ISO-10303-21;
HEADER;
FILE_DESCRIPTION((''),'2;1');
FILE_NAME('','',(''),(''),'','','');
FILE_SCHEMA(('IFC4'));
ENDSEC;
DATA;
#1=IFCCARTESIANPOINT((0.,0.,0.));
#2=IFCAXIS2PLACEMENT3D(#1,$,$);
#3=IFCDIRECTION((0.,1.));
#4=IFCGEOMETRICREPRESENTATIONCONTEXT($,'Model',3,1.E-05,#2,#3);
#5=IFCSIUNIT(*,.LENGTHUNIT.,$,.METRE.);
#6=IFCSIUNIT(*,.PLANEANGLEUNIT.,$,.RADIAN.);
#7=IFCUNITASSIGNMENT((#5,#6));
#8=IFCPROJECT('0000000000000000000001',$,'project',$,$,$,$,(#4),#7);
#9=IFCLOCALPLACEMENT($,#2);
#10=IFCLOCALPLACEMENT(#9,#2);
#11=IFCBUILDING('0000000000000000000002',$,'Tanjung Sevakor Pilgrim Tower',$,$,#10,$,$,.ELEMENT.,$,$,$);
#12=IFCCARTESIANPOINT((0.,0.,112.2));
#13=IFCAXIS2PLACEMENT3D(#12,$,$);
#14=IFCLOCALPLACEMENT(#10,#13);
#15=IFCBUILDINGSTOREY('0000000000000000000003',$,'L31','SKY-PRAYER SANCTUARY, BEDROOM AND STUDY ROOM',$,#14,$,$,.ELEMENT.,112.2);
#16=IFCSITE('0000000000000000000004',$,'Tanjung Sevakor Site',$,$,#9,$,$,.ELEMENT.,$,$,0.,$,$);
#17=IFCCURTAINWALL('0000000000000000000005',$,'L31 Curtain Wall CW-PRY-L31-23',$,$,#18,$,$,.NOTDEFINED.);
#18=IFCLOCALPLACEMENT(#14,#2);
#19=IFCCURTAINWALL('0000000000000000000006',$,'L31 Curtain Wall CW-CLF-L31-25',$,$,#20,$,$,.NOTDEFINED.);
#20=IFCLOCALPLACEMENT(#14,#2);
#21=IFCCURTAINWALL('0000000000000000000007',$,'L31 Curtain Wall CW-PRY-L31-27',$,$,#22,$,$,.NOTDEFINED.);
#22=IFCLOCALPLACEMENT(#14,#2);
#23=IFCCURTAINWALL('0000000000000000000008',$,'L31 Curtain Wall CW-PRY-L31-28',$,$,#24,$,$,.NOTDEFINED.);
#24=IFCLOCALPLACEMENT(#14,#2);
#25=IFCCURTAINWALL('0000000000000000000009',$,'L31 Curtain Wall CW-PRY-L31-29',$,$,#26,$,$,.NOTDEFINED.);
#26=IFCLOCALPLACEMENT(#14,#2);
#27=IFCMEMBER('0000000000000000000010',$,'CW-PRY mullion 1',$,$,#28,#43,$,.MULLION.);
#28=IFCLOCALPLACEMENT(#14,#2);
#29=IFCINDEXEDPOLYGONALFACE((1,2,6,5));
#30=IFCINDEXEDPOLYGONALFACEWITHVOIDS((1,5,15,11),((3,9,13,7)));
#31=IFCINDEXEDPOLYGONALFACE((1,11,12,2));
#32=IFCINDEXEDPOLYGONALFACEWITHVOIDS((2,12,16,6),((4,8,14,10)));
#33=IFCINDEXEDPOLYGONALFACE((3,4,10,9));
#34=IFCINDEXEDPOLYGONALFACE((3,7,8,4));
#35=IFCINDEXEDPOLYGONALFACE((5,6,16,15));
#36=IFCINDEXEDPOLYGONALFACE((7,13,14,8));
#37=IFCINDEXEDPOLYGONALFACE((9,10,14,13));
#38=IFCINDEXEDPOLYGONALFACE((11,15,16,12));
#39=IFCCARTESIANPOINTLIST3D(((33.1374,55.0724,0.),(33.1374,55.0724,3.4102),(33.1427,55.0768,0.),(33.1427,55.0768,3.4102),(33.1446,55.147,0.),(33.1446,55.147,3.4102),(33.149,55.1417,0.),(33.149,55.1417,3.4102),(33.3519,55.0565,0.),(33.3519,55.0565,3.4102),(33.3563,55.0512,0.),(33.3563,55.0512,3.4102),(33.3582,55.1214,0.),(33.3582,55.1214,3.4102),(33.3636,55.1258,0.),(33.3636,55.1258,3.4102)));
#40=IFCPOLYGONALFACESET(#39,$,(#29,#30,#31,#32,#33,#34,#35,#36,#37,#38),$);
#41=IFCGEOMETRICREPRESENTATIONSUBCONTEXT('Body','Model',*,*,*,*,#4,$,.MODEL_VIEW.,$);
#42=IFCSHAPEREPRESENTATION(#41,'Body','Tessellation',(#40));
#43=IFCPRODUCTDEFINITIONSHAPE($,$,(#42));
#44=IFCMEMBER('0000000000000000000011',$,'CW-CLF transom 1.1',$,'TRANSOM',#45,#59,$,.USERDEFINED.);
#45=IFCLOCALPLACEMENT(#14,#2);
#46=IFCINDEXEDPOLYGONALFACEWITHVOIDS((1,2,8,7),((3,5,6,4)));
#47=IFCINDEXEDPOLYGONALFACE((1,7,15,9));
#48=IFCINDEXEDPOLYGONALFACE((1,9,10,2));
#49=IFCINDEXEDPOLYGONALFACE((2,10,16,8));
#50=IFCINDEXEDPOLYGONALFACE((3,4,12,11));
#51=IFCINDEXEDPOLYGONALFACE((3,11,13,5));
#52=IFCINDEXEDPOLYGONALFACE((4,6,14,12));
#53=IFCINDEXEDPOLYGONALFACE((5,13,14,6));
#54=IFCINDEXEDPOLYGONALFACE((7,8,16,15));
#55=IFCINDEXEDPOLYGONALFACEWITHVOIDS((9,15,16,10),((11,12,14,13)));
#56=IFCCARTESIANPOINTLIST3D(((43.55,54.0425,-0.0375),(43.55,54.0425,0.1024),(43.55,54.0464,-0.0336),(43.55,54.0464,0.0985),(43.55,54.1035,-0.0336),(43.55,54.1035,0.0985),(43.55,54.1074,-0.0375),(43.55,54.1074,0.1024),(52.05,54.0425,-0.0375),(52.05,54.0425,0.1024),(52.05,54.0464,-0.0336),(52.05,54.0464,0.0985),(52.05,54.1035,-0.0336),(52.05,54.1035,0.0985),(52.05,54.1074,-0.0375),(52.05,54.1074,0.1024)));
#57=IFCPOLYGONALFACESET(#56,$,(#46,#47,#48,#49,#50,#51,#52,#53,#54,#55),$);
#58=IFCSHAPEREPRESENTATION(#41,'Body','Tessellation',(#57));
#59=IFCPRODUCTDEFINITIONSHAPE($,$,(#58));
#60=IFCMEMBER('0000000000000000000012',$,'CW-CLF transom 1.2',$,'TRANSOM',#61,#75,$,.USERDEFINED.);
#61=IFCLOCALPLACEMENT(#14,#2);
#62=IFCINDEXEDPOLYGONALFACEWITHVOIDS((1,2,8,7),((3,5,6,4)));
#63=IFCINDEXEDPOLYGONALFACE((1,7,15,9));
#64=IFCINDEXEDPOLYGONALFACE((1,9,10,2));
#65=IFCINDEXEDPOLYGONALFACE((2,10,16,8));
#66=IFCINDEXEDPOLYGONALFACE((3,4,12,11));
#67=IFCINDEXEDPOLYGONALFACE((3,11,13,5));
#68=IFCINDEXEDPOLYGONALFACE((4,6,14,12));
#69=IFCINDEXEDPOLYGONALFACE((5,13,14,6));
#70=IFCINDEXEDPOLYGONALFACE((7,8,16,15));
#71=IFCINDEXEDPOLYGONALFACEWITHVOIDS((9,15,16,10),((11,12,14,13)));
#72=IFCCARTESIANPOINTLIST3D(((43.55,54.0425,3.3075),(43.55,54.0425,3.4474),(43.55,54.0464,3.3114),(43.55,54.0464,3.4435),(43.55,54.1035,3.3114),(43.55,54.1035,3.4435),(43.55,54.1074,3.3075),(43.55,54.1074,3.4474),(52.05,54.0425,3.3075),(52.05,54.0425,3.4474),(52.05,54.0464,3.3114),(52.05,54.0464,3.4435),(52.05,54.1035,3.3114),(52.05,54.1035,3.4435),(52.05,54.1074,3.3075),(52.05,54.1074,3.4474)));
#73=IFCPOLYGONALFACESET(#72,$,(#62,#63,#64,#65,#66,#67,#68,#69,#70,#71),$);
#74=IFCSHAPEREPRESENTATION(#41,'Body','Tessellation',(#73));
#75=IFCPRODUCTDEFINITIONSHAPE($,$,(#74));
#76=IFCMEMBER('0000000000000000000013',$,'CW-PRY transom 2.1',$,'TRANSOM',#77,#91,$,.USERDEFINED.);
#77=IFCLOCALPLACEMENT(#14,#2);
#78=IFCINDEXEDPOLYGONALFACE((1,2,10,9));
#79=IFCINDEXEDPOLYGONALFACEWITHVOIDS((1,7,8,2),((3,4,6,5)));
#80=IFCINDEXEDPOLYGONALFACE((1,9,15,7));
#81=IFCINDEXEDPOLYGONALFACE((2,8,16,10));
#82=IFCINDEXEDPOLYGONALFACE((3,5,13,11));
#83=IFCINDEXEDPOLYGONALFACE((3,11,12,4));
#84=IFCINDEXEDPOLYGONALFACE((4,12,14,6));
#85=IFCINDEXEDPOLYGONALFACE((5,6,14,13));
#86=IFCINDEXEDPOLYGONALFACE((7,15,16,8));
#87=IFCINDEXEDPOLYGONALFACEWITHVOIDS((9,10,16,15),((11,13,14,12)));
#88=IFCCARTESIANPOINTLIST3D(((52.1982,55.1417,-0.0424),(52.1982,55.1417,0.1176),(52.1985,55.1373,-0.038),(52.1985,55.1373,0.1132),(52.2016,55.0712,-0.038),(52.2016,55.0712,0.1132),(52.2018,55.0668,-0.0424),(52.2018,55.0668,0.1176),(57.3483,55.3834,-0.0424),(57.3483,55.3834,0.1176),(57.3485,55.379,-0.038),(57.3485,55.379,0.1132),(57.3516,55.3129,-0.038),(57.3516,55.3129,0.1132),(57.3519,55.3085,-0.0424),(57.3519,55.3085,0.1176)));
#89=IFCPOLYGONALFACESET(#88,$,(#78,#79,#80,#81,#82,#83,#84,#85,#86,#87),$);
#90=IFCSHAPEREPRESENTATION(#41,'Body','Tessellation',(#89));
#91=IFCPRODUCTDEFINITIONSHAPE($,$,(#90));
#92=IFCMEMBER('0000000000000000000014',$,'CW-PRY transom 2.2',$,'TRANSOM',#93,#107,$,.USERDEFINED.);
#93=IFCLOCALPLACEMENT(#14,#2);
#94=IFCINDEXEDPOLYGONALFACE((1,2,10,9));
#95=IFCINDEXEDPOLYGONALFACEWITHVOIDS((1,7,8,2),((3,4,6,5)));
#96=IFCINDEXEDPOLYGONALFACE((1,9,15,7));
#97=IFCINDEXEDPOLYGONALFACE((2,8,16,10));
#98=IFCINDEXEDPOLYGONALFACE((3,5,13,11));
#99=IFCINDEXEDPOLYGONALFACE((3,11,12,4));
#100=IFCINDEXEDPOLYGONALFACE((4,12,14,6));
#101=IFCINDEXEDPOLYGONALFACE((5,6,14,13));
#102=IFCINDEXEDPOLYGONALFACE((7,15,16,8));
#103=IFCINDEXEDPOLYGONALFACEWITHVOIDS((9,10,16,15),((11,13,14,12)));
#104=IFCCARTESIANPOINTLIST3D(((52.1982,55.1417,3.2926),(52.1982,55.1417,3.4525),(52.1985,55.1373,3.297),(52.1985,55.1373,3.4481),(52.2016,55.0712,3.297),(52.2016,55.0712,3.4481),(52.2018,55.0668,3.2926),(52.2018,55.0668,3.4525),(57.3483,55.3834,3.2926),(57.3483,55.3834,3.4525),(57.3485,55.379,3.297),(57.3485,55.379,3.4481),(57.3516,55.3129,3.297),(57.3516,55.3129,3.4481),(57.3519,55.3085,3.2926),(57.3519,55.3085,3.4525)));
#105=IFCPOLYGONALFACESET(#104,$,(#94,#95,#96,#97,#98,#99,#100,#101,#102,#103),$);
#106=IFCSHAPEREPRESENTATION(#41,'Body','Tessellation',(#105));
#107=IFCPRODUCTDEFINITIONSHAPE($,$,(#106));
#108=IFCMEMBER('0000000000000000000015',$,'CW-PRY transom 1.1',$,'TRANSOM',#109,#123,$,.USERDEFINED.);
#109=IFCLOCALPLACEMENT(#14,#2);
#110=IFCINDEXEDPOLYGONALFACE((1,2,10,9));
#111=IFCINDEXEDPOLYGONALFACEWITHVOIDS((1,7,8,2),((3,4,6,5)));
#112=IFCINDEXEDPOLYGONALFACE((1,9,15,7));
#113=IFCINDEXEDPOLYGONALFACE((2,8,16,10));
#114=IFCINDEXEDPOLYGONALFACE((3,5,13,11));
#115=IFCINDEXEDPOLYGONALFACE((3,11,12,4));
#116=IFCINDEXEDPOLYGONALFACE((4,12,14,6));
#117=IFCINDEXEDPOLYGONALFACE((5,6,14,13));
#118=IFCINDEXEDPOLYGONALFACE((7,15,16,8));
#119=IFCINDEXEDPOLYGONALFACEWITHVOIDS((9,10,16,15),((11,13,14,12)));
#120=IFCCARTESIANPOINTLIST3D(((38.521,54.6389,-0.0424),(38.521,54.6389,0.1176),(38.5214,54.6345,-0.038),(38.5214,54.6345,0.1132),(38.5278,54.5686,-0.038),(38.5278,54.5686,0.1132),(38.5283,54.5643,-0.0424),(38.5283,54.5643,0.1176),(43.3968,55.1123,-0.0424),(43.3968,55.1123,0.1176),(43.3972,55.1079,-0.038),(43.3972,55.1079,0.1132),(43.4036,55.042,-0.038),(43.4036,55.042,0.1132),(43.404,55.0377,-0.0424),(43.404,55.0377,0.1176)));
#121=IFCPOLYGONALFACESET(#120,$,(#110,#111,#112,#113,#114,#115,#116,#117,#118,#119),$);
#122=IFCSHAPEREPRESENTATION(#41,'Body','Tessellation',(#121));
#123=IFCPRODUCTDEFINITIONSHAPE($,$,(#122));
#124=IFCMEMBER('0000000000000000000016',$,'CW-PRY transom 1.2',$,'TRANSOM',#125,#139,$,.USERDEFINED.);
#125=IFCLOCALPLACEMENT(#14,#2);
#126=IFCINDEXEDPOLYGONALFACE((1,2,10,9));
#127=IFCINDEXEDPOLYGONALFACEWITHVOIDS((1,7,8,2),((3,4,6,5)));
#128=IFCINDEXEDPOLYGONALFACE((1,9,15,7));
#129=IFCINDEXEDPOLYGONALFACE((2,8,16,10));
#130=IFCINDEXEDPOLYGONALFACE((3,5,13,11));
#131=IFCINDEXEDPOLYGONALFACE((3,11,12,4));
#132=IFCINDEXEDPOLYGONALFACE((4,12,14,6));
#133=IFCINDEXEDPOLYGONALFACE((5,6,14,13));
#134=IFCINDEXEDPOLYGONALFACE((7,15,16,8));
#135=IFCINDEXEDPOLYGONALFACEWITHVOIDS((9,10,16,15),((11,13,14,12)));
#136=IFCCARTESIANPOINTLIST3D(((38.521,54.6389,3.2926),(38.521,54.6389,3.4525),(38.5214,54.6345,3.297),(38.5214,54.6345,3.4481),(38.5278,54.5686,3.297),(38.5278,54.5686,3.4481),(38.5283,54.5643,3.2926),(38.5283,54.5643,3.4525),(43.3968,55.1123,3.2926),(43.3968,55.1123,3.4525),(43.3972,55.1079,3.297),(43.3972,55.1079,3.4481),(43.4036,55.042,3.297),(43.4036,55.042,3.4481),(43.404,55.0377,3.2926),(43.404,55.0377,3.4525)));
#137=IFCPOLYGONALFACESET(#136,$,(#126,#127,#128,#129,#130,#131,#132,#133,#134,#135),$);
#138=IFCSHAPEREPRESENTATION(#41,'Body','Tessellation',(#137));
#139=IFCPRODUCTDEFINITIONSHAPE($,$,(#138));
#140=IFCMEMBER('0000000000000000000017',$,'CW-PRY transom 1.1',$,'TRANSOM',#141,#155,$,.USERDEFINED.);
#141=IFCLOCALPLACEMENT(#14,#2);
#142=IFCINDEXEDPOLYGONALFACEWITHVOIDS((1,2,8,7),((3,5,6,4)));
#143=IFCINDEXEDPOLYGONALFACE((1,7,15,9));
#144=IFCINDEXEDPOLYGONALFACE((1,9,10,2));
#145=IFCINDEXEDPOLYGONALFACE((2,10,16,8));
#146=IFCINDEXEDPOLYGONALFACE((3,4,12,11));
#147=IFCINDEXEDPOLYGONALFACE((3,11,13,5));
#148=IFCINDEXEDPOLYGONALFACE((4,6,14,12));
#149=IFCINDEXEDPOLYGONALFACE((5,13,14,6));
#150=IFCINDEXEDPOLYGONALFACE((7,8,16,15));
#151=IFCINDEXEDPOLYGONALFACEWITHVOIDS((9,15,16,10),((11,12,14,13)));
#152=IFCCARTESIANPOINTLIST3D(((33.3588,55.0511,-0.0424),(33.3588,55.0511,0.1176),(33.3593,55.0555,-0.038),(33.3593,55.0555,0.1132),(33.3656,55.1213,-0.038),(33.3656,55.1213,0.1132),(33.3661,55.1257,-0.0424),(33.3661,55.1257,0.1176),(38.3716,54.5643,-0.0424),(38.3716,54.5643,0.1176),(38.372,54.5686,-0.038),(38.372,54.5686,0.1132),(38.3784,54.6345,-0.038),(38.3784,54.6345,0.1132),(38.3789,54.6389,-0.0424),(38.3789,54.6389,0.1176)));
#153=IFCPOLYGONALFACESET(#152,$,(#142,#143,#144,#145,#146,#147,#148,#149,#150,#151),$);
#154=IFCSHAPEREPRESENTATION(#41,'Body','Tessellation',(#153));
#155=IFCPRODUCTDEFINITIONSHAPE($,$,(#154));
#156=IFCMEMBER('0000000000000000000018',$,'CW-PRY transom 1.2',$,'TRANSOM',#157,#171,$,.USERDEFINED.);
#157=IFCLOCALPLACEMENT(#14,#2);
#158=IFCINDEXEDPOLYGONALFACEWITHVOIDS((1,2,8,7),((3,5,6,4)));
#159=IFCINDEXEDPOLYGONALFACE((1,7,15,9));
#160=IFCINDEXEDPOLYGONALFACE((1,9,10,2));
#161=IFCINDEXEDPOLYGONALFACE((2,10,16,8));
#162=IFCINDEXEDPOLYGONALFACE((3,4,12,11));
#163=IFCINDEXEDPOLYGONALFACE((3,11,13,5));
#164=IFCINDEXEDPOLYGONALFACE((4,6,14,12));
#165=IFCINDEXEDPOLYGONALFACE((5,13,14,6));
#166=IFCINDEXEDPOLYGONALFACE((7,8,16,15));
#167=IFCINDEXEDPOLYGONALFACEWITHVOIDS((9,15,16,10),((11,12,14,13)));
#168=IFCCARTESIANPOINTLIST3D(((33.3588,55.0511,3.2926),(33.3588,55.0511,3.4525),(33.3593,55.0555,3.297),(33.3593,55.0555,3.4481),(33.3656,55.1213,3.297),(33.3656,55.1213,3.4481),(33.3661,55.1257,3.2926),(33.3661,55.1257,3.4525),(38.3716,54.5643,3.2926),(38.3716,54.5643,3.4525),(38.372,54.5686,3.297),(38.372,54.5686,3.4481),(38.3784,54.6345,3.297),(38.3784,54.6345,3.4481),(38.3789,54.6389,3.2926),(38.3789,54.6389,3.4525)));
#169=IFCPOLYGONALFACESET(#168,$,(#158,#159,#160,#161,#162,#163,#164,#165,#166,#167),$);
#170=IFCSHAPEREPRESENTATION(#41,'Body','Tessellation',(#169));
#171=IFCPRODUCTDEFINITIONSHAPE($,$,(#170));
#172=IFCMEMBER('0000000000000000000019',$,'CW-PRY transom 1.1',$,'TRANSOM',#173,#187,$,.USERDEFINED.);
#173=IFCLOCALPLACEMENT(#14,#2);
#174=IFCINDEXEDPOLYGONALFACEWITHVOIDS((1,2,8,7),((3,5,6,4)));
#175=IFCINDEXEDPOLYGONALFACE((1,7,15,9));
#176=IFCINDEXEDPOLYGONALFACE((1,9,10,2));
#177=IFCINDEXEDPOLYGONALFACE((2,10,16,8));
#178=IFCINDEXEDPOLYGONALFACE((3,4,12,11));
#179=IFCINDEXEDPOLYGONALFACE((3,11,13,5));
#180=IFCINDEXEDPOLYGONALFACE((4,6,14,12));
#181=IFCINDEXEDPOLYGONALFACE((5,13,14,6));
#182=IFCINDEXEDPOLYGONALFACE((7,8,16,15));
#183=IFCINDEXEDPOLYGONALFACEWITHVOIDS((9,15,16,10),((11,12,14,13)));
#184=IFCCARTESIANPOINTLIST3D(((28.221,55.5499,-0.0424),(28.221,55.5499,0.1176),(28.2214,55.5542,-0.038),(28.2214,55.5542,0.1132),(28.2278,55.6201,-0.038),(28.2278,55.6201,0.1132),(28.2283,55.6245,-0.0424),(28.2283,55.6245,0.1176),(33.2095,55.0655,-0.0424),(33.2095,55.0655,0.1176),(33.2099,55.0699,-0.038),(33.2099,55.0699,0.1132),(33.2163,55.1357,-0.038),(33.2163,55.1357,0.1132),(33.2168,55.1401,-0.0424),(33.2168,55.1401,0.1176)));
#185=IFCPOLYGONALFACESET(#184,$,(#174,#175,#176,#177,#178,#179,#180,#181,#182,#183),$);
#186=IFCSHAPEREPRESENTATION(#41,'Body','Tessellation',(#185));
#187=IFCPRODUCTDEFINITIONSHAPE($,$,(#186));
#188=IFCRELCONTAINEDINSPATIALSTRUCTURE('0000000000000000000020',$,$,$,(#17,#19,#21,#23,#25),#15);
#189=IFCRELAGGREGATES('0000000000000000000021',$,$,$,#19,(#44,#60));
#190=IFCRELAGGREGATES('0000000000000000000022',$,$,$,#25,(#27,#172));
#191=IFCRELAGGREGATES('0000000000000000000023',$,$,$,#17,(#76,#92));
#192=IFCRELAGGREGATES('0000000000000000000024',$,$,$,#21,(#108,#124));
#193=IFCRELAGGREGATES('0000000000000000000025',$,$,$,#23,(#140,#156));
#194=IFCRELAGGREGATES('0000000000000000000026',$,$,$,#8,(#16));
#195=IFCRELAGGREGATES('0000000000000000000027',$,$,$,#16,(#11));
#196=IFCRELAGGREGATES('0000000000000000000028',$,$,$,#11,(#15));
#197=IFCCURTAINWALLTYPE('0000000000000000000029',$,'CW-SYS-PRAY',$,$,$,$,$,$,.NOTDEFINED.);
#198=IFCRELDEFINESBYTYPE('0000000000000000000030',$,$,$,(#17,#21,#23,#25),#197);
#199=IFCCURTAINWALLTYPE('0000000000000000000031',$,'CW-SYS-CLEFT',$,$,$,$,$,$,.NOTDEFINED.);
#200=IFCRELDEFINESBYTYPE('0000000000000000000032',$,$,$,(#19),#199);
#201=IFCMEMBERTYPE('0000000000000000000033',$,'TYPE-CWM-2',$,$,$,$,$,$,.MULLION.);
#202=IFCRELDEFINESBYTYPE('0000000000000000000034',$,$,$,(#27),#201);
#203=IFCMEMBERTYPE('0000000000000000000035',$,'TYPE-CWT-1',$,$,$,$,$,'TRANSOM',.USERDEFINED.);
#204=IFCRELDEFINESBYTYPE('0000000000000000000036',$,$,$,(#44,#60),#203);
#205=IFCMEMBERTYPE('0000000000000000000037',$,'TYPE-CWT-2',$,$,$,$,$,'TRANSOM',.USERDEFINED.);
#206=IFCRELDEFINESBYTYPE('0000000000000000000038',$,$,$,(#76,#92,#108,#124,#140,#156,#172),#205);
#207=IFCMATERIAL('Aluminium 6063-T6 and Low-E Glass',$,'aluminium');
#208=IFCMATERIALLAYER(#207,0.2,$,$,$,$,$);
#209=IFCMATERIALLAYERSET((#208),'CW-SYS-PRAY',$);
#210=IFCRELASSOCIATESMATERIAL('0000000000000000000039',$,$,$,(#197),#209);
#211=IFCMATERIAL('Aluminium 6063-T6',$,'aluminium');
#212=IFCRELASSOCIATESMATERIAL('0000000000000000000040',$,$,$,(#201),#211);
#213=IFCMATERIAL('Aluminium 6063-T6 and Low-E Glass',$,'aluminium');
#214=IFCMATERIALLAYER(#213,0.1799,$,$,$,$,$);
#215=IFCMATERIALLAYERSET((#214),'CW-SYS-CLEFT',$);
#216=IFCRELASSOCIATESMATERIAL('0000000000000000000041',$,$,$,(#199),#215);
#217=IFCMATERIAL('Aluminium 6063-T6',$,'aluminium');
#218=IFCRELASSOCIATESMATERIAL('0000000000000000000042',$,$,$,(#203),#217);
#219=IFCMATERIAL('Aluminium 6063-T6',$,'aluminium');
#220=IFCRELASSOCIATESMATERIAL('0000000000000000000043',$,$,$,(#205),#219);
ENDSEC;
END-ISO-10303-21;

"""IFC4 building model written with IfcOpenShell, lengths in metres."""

from ifc_helpers import new_model, si_unit, direction, frame, origin, origin_2d, place, context, subcontext, project, spatial, hollow_rectangle, extrude, material, layer, layer_set, material_profile, profile_set, type_object, element, aggregate, save


model = new_model("IFC4")

# Units and contexts
model_context = context("Model", 3, precision=1e-05, world=origin(), true_north=direction((0.0, 1.0)))
body_context = subcontext(model_context, "Body", "Model", "MODEL_VIEW")
ifc_project = project(units=[si_unit("LENGTHUNIT", "METRE"), si_unit("PLANEANGLEUNIT", "RADIAN")], contexts=[model_context])

# Site, building, storey
site_placement = place(None, origin())
site = spatial("IfcSite", under=ifc_project, at=site_placement, Name="Tanjung Sevakor Site", CompositionType="ELEMENT", RefElevation=0.0)
building_placement = place(site_placement, origin())
building = spatial("IfcBuilding", under=site, at=building_placement, Name="Tanjung Sevakor Pilgrim Tower", CompositionType="ELEMENT")
storey_placement = place(building_placement, frame((0.0, 0.0, 112.2)))
storey = spatial("IfcBuildingStorey", under=building, at=storey_placement, Name="L31", Description="SKY-PRAYER SANCTUARY, BEDROOM AND STUDY ROOM", CompositionType="ELEMENT", Elevation=112.2)

# Curtain wall
ifc_material_1 = material(Name="Aluminium 6063-T6 and Low-E Glass", Category="aluminium")
ifc_layer_1 = layer(ifc_material_1, 0.2)
ifc_layer_set_1 = layer_set([ifc_layer_1], Name="CW-SYS-PRAY")
curtain_wall_type_1 = type_object("IfcCurtainWallType", Name="CW-SYS-PRAY", PredefinedType="NOTDEFINED", material=ifc_layer_set_1)
curtain_wall_1_placement = place(storey_placement, origin())
curtain_wall_1 = element("IfcCurtainWall", 1, at=curtain_wall_1_placement, inside=storey, type_object=curtain_wall_type_1, Name="L31 Curtain Wall CW-PRY-L31-23", PredefinedType="NOTDEFINED")
ifc_material_2 = material(Name="Aluminium 6063-T6", Category="aluminium")
ifc_material_profile_1 = material_profile(ifc_material_2, hollow_rectangle(XDim=0.075, YDim=0.22, WallThickness=0.0049, at=origin_2d()))
ifc_profile_set_1 = profile_set([ifc_material_profile_1], Name="Aluminium 6063-T6")
member_type_1 = type_object("IfcMemberType", Name="TYPE-CWM-2", PredefinedType="MULLION", material=ifc_profile_set_1)

# Curtain wall
ifc_material_3 = material(Name="Aluminium 6063-T6 and Low-E Glass", Category="aluminium")
ifc_layer_2 = layer(ifc_material_3, 0.1799)
ifc_layer_set_2 = layer_set([ifc_layer_2], Name="CW-SYS-CLEFT")
curtain_wall_type_2 = type_object("IfcCurtainWallType", Name="CW-SYS-CLEFT", PredefinedType="NOTDEFINED", material=ifc_layer_set_2)
curtain_wall_2_placement = place(storey_placement, origin())
curtain_wall_2 = element("IfcCurtainWall", 2, at=curtain_wall_2_placement, inside=storey, type_object=curtain_wall_type_2, Name="L31 Curtain Wall CW-CLF-L31-25", PredefinedType="NOTDEFINED")

# Curtain walls
curtain_wall_3_placement = place(storey_placement, origin())
curtain_wall_3 = element("IfcCurtainWall", 3, at=curtain_wall_3_placement, inside=storey, type_object=curtain_wall_type_1, Name="L31 Curtain Wall CW-PRY-L31-27", PredefinedType="NOTDEFINED")
curtain_wall_4_placement = place(storey_placement, origin())
curtain_wall_4 = element("IfcCurtainWall", 4, at=curtain_wall_4_placement, inside=storey, type_object=curtain_wall_type_1, Name="L31 Curtain Wall CW-PRY-L31-28", PredefinedType="NOTDEFINED")

# Curtain wall, member
curtain_wall_5_placement = place(storey_placement, origin())
curtain_wall_5 = element("IfcCurtainWall", 5, at=curtain_wall_5_placement, inside=storey, type_object=curtain_wall_type_1, Name="L31 Curtain Wall CW-PRY-L31-29", PredefinedType="NOTDEFINED")
member_1_placement = place(storey_placement, frame((33.2505, 55.0991, 0.0), z_axis=(0.0, 0.0, 1.0), x_axis=(-0.096628, -0.995321, 0.0)))
member_1 = element("IfcMember", 6, at=member_1_placement, type_object=member_type_1, Name="CW-PRY mullion 1", PredefinedType="MULLION", context=body_context, shape_type="SweptSolid", body=[
    extrude(hollow_rectangle(XDim=0.075, YDim=0.22, WallThickness=0.0049, at=origin_2d()), origin(), (0.0, 0.0, 1.0), 3.4102),
])

# Members
ifc_material_4 = material(Name="Aluminium 6063-T6", Category="aluminium")
ifc_material_profile_2 = material_profile(ifc_material_4, hollow_rectangle(XDim=0.0649, YDim=0.1399, WallThickness=0.0039, at=origin_2d()))
ifc_profile_set_2 = profile_set([ifc_material_profile_2], Name="Aluminium 6063-T6")
member_type_2 = type_object("IfcMemberType", Name="TYPE-CWT-1", ElementType="TRANSOM", PredefinedType="USERDEFINED", material=ifc_profile_set_2)
member_2_placement = place(storey_placement, frame((52.05, 54.075, 0.0325), z_axis=(-1.0, 0.0, 0.0), x_axis=(0.0, -1.0, 0.0)))
member_2 = element("IfcMember", 7, at=member_2_placement, type_object=member_type_2, Name="CW-CLF transom 1.1", ObjectType="TRANSOM", PredefinedType="USERDEFINED", context=body_context, shape_type="SweptSolid", body=[
    extrude(hollow_rectangle(XDim=0.0649, YDim=0.1399, WallThickness=0.0039, at=origin_2d()), origin(), (0.0, 0.0, 1.0), 8.5),
])
member_3_placement = place(storey_placement, frame((52.05, 54.075, 3.3774), z_axis=(-1.0, 0.0, 0.0), x_axis=(0.0, -1.0, 0.0)))
member_3 = element("IfcMember", 8, at=member_3_placement, type_object=member_type_2, Name="CW-CLF transom 1.2", ObjectType="TRANSOM", PredefinedType="USERDEFINED", context=body_context, shape_type="SweptSolid", body=[
    extrude(hollow_rectangle(XDim=0.0649, YDim=0.1399, WallThickness=0.0039, at=origin_2d()), origin(), (0.0, 0.0, 1.0), 8.5),
])
aggregate(curtain_wall_2, [member_2, member_3])
ifc_material_5 = material(Name="Aluminium 6063-T6", Category="aluminium")
ifc_material_profile_3 = material_profile(ifc_material_5, hollow_rectangle(XDim=0.075, YDim=0.1599, WallThickness=0.0044, at=origin_2d()))
ifc_profile_set_3 = profile_set([ifc_material_profile_3], Name="Aluminium 6063-T6")
member_type_3 = type_object("IfcMemberType", Name="TYPE-CWT-2", ElementType="TRANSOM", PredefinedType="USERDEFINED", material=ifc_profile_set_3)
member_4_placement = place(storey_placement, frame((57.3501, 55.3459, 0.0376), z_axis=(-0.998901, -0.046879, 0.0), x_axis=(0.046879, -0.998901, 0.0)))
member_4 = element("IfcMember", 9, at=member_4_placement, type_object=member_type_3, Name="CW-PRY transom 2.1", ObjectType="TRANSOM", PredefinedType="USERDEFINED", context=body_context, shape_type="SweptSolid", body=[
    extrude(hollow_rectangle(XDim=0.075, YDim=0.1599, WallThickness=0.0044, at=origin_2d()), origin(), (0.0, 0.0, 1.0), 5.1558),
])
member_5_placement = place(storey_placement, frame((57.3501, 55.3459, 3.3726), z_axis=(-0.998901, -0.046879, 0.0), x_axis=(0.046879, -0.998901, 0.0)))
member_5 = element("IfcMember", 10, at=member_5_placement, type_object=member_type_3, Name="CW-PRY transom 2.2", ObjectType="TRANSOM", PredefinedType="USERDEFINED", context=body_context, shape_type="SweptSolid", body=[
    extrude(hollow_rectangle(XDim=0.075, YDim=0.1599, WallThickness=0.0044, at=origin_2d()), origin(), (0.0, 0.0, 1.0), 5.1558),
])
member_6_placement = place(storey_placement, frame((43.4004, 55.075, 0.0376), z_axis=(-0.99532, -0.096636, 0.0), x_axis=(0.096636, -0.99532, 0.0)))
member_6 = element("IfcMember", 11, at=member_6_placement, type_object=member_type_3, Name="CW-PRY transom 1.1", ObjectType="TRANSOM", PredefinedType="USERDEFINED", context=body_context, shape_type="SweptSolid", body=[
    extrude(hollow_rectangle(XDim=0.075, YDim=0.1599, WallThickness=0.0044, at=origin_2d()), origin(), (0.0, 0.0, 1.0), 4.8987),
])
member_7_placement = place(storey_placement, frame((43.4004, 55.075, 3.3726), z_axis=(-0.99532, -0.096636, 0.0), x_axis=(0.096636, -0.99532, 0.0)))
member_7 = element("IfcMember", 12, at=member_7_placement, type_object=member_type_3, Name="CW-PRY transom 1.2", ObjectType="TRANSOM", PredefinedType="USERDEFINED", context=body_context, shape_type="SweptSolid", body=[
    extrude(hollow_rectangle(XDim=0.075, YDim=0.1599, WallThickness=0.0044, at=origin_2d()), origin(), (0.0, 0.0, 1.0), 4.8987),
])
member_8_placement = place(storey_placement, frame((38.3752, 54.6016, 0.0376), z_axis=(-0.995317, 0.096662, 0.0), x_axis=(-0.096662, -0.995317, 0.0)))
member_8 = element("IfcMember", 13, at=member_8_placement, type_object=member_type_3, Name="CW-PRY transom 1.1", ObjectType="TRANSOM", PredefinedType="USERDEFINED", context=body_context, shape_type="SweptSolid", body=[
    extrude(hollow_rectangle(XDim=0.075, YDim=0.1599, WallThickness=0.0044, at=origin_2d()), origin(), (0.0, 0.0, 1.0), 5.0364),
])
member_9_placement = place(storey_placement, frame((38.3752, 54.6016, 3.3726), z_axis=(-0.995317, 0.096662, 0.0), x_axis=(-0.096662, -0.995317, 0.0)))
member_9 = element("IfcMember", 14, at=member_9_placement, type_object=member_type_3, Name="CW-PRY transom 1.2", ObjectType="TRANSOM", PredefinedType="USERDEFINED", context=body_context, shape_type="SweptSolid", body=[
    extrude(hollow_rectangle(XDim=0.075, YDim=0.1599, WallThickness=0.0044, at=origin_2d()), origin(), (0.0, 0.0, 1.0), 5.0364),
])
member_10_placement = place(storey_placement, frame((33.2131, 55.1028, 0.0376), z_axis=(-0.995319, 0.096643, 0.0), x_axis=(-0.096643, -0.995319, 0.0)))
member_10 = element("IfcMember", 15, at=member_10_placement, type_object=member_type_3, Name="CW-PRY transom 1.1", ObjectType="TRANSOM", PredefinedType="USERDEFINED", context=body_context, shape_type="SweptSolid", body=[
    extrude(hollow_rectangle(XDim=0.075, YDim=0.1599, WallThickness=0.0044, at=origin_2d()), origin(), (0.0, 0.0, 1.0), 5.012),
])
aggregate(curtain_wall_5, [member_1, member_10])

aggregate(curtain_wall_1, [member_4, member_5])
aggregate(curtain_wall_3, [member_6, member_7])
aggregate(curtain_wall_4, [member_8, member_9])

save(model, "model.ifc")
